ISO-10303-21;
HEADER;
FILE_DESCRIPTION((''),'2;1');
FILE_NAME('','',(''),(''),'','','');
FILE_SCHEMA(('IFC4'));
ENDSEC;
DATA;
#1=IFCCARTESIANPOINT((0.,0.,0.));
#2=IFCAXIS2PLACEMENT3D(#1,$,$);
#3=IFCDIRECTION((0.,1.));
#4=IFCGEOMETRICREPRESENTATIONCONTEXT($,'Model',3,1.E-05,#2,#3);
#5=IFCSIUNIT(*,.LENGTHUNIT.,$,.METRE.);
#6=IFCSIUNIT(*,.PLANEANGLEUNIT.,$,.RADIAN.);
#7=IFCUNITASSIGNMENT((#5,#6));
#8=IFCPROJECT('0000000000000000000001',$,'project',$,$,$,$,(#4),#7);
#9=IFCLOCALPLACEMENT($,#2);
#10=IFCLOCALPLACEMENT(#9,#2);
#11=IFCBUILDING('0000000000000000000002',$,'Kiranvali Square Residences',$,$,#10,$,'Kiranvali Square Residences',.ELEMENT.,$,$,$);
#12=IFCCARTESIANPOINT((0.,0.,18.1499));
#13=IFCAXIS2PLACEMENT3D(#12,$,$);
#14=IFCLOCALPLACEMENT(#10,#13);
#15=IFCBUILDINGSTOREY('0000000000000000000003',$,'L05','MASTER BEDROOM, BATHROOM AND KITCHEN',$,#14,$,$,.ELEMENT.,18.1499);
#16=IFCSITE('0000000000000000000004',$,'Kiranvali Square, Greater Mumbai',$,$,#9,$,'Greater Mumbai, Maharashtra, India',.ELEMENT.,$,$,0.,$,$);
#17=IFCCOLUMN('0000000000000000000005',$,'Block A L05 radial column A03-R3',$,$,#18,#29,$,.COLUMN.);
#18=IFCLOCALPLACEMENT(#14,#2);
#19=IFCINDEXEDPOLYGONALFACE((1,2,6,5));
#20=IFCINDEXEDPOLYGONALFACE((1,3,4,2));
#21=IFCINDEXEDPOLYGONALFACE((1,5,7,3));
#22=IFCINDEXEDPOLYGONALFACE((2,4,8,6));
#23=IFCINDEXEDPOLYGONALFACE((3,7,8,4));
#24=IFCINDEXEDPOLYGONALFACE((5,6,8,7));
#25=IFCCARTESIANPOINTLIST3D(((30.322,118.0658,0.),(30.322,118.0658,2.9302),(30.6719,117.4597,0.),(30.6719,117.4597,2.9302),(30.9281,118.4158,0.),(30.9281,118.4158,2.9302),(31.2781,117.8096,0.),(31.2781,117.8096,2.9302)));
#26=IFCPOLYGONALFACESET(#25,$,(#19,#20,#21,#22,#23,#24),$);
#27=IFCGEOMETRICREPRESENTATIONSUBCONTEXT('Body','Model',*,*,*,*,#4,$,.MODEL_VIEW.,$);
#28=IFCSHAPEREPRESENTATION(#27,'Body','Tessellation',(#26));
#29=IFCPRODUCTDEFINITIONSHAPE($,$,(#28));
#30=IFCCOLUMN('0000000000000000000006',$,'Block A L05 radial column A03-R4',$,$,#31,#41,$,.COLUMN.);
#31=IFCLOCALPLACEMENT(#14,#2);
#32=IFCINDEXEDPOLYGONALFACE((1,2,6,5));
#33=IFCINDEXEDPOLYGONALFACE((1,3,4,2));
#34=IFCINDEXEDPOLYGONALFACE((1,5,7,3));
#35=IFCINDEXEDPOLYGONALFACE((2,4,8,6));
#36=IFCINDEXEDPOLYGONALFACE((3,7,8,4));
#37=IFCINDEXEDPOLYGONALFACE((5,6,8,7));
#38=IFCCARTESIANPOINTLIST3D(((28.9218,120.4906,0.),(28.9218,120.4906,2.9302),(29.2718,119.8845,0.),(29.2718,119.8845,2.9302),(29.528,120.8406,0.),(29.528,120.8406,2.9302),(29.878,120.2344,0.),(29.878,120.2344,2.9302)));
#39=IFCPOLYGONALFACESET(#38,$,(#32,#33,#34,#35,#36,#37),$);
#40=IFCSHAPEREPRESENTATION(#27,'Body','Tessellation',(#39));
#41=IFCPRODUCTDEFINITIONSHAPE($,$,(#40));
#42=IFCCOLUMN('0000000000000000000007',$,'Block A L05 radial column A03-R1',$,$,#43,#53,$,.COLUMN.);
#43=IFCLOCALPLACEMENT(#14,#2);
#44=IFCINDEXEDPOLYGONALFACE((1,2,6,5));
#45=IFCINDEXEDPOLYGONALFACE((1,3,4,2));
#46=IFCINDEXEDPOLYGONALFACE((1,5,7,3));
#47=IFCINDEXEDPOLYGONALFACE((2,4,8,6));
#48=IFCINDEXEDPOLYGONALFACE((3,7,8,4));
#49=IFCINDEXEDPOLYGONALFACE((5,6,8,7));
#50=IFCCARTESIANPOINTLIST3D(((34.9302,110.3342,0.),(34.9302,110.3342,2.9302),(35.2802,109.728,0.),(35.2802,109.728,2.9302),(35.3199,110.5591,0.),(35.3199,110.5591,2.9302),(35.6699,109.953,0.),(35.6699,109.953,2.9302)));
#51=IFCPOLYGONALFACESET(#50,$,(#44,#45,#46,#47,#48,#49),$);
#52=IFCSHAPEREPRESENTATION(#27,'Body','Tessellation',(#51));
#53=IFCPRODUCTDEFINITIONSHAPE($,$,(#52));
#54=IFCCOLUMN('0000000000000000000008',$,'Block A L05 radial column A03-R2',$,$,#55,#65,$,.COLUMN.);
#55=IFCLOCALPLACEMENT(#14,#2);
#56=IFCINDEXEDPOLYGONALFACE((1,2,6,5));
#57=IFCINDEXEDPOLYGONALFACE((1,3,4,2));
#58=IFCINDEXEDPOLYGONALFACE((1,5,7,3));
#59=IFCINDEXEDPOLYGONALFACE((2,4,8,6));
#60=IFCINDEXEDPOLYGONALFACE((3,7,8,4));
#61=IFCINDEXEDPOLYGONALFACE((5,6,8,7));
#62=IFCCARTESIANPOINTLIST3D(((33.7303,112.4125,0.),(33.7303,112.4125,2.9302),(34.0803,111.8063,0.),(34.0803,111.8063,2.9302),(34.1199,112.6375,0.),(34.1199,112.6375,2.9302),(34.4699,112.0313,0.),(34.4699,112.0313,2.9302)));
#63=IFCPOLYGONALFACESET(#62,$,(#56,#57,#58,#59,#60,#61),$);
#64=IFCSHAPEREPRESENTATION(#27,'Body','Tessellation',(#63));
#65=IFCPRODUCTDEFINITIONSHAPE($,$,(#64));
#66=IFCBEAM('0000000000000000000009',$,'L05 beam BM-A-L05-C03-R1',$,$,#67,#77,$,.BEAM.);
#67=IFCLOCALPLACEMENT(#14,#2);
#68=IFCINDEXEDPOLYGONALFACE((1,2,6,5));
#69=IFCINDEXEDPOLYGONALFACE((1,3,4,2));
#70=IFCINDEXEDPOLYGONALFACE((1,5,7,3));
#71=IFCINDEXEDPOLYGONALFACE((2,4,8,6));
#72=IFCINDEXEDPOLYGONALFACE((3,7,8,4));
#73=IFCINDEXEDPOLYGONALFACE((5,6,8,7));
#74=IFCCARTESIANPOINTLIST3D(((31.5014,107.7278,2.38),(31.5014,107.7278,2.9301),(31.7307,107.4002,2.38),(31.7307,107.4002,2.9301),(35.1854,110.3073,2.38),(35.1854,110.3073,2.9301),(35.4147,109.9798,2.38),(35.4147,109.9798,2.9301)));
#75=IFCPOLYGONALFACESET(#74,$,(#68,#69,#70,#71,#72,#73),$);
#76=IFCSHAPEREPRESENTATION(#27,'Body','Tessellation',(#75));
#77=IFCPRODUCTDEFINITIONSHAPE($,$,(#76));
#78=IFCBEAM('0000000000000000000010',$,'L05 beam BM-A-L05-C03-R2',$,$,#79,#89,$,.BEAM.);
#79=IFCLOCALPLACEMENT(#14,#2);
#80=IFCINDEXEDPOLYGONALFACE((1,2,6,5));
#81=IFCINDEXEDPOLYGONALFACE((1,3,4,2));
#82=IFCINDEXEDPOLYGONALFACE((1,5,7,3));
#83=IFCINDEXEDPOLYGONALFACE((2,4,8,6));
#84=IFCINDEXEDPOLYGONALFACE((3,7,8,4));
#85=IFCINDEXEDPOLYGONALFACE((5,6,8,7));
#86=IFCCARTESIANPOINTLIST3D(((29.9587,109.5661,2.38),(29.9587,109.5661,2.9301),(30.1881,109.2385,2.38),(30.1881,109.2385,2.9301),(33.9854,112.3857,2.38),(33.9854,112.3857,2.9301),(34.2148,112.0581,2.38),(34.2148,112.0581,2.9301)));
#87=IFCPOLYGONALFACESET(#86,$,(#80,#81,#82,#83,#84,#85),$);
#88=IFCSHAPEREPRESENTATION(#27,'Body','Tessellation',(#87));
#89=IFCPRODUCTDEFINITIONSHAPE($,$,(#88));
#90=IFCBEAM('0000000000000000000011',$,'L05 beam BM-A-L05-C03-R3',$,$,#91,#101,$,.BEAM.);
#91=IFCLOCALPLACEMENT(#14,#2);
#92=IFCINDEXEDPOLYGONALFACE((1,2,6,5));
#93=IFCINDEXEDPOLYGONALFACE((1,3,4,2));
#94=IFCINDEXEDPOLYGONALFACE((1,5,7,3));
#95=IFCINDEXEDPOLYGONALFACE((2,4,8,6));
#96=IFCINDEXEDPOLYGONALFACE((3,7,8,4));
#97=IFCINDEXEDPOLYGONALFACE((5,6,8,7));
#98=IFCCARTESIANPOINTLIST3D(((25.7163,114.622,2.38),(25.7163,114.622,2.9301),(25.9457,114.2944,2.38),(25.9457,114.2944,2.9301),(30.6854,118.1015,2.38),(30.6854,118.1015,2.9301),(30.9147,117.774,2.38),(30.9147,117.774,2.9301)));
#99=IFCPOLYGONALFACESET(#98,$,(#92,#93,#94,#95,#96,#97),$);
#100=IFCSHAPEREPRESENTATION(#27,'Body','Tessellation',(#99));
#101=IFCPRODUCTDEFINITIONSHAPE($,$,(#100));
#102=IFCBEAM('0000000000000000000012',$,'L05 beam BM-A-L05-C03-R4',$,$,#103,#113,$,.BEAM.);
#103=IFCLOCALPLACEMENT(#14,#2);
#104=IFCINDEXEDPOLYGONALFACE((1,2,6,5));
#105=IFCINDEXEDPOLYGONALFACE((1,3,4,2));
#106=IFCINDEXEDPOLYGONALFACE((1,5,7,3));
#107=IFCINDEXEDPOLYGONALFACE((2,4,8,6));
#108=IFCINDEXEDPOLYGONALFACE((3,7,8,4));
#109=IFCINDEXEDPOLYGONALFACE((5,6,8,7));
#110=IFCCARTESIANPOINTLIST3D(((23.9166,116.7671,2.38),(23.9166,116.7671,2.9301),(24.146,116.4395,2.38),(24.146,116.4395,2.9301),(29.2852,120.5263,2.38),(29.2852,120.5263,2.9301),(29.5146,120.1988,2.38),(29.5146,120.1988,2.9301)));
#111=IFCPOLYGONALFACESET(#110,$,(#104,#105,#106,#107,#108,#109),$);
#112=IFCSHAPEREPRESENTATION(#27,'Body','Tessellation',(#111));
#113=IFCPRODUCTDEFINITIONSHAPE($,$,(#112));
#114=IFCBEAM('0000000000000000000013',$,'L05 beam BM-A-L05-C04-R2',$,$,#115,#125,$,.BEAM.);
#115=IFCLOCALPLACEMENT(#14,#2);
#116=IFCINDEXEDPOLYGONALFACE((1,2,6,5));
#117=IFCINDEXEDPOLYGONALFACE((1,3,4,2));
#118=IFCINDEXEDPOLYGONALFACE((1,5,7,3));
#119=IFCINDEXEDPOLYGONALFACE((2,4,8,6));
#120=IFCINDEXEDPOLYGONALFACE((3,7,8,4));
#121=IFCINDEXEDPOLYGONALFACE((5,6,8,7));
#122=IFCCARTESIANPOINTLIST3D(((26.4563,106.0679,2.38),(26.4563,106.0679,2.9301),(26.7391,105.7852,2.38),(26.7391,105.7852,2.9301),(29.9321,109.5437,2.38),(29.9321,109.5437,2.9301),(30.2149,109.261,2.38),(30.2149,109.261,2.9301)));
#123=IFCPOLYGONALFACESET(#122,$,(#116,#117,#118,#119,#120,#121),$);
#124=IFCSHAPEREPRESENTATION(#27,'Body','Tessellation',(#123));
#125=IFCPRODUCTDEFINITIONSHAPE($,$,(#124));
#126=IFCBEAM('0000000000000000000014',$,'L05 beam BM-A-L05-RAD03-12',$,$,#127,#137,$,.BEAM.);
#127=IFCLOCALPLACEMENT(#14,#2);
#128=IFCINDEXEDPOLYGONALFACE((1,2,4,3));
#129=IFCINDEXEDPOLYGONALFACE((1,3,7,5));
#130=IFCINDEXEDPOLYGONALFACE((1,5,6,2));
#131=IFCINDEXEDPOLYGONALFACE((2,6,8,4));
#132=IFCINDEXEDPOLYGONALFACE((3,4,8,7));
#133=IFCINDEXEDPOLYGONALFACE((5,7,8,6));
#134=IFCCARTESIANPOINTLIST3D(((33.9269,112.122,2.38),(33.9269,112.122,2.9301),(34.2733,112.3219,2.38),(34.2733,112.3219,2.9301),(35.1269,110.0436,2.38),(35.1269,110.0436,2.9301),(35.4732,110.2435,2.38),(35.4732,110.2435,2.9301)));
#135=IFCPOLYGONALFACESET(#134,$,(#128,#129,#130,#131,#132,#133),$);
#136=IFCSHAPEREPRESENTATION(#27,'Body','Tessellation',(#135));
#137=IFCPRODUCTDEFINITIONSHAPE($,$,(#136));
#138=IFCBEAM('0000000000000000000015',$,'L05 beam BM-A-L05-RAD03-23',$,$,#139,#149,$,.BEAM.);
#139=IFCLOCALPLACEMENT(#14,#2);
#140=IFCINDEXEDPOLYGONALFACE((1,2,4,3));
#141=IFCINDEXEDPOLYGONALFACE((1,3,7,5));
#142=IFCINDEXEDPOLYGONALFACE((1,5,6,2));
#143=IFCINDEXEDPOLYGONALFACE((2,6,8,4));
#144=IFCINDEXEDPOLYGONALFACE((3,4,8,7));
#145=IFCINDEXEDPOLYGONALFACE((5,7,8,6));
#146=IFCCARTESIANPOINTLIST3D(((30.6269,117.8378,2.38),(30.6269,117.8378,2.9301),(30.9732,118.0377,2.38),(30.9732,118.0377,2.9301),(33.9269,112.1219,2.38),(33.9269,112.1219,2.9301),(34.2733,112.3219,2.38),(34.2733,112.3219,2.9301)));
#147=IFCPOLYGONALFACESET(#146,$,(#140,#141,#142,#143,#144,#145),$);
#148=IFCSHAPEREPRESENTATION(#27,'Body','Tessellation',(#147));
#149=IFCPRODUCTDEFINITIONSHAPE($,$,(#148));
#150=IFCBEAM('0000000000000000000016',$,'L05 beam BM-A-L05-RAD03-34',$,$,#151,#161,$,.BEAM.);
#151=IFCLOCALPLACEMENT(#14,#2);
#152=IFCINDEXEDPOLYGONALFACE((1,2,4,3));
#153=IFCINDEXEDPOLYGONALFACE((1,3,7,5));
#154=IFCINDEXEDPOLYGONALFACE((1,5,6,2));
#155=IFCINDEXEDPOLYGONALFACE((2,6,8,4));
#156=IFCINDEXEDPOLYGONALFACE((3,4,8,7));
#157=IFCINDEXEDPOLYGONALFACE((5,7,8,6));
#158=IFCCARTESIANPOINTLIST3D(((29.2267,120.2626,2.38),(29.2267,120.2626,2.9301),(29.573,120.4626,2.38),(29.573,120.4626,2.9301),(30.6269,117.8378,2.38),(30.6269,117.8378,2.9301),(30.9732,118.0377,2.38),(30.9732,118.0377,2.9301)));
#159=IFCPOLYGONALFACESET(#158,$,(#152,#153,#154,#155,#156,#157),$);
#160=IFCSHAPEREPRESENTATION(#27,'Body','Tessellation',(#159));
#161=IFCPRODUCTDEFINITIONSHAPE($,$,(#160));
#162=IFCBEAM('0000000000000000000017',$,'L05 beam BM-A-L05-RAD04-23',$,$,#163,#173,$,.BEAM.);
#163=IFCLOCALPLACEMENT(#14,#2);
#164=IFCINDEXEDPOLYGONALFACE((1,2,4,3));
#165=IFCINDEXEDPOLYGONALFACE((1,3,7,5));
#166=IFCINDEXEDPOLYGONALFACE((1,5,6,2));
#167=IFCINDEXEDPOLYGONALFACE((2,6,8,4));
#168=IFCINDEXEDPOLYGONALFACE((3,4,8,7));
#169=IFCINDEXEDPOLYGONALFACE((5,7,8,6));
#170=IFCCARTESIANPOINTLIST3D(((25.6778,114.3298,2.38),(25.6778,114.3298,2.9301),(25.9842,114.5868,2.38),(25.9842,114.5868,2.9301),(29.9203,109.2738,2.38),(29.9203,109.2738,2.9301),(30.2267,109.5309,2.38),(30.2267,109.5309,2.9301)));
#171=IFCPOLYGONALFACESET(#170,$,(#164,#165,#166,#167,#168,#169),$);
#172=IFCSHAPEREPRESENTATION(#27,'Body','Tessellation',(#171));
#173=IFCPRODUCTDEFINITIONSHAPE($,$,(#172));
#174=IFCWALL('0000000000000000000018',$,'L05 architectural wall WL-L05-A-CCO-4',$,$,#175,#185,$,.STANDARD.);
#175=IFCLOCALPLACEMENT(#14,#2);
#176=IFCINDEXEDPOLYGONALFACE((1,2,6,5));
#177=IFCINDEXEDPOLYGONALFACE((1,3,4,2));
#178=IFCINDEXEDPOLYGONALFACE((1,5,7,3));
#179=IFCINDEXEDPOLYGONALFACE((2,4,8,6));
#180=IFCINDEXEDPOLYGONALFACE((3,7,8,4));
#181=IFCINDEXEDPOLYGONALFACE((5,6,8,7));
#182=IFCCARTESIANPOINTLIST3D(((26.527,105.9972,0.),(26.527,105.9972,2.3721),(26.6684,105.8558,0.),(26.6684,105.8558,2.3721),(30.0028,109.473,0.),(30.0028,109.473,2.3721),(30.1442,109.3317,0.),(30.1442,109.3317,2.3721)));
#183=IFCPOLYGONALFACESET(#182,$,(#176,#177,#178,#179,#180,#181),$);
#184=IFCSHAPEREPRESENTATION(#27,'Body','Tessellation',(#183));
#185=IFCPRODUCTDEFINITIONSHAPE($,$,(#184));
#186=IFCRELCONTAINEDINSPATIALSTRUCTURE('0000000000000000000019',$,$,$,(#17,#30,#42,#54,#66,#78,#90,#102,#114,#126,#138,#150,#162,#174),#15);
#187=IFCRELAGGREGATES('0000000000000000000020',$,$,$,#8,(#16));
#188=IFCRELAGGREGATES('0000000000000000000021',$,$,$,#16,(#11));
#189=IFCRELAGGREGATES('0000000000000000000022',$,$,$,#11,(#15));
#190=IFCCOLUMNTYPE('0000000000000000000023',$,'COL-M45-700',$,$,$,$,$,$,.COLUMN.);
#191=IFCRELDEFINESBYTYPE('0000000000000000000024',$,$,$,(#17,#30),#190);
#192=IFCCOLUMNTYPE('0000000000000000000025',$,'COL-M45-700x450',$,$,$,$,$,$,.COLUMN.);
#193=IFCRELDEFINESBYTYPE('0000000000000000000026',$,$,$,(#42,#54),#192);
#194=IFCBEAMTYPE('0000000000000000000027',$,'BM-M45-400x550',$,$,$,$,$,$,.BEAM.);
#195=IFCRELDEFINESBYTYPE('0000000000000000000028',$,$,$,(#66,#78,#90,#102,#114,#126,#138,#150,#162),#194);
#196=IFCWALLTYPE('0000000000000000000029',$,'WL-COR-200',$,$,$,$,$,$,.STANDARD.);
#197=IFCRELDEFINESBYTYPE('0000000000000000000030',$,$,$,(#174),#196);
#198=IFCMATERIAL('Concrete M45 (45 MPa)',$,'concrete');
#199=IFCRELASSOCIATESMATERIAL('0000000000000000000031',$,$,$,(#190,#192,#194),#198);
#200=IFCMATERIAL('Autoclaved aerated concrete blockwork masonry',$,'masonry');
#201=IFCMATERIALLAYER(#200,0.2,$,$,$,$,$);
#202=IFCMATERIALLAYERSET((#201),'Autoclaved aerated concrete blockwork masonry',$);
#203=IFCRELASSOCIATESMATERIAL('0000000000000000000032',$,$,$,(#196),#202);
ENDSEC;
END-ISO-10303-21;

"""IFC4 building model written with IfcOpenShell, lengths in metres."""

from ifc_helpers import new_model, si_unit, direction, frame, frame_2d, origin, origin_2d, place, context, subcontext, project, spatial, rectangle, extrude, material, layer, layer_set, material_profile, profile_set, type_object, element, save


model = new_model("IFC4")

# Units and contexts
model_context = context("Model", 3, precision=1e-05, world=origin(), true_north=direction((0.0, 1.0)))
body_context = subcontext(model_context, "Body", "Model", "MODEL_VIEW")
ifc_project = project(units=[si_unit("LENGTHUNIT", "METRE"), si_unit("PLANEANGLEUNIT", "RADIAN")], contexts=[model_context])

# Site, building, storey
site_placement = place(None, origin())
site = spatial("IfcSite", under=ifc_project, at=site_placement, Name="Kiranvali Square, Greater Mumbai", LongName="Greater Mumbai, Maharashtra, India", CompositionType="ELEMENT", RefElevation=0.0)
building_placement = place(site_placement, origin())
building = spatial("IfcBuilding", under=site, at=building_placement, Name="Kiranvali Square Residences", LongName="Kiranvali Square Residences", CompositionType="ELEMENT")
storey_placement = place(building_placement, frame((0.0, 0.0, 18.1499)))
storey = spatial("IfcBuildingStorey", under=building, at=storey_placement, Name="L05", Description="MASTER BEDROOM, BATHROOM AND KITCHEN", CompositionType="ELEMENT", Elevation=18.1499)

# Columns
ifc_material_1 = material(Name="Concrete M45 (45 MPa)", Category="concrete")
ifc_material_profile_1 = material_profile(ifc_material_1, rectangle(XDim=0.7, YDim=0.7, at=origin_2d()), Name="RC 700x700")
ifc_profile_set_1 = profile_set([ifc_material_profile_1], Name="Concrete M45 (45 MPa)")
column_type_1 = type_object("IfcColumnType", Name="COL-M45-700", PredefinedType="COLUMN", material=ifc_profile_set_1)
for number, where, z_axis, x_axis, name in (
    (1, (30.8, 117.9377, 0.0), (0.0, 0.0, 1.0), (0.866025, 0.5, 0.0), "Block A L05 radial column A03-R3"),
    (2, (29.3999, 120.3625, 0.0), (0.0, 0.0, 1.0), (0.866025, 0.5, 0.0), "Block A L05 radial column A03-R4"),
):
    element("IfcColumn", number, at=place(storey_placement, frame(where, z_axis=z_axis, x_axis=x_axis)), inside=storey, type_object=column_type_1, Name=name, PredefinedType="COLUMN", context=body_context, shape_type="SweptSolid", body=[
        extrude(rectangle(XDim=0.7, YDim=0.7, at=origin_2d()), origin(), (0.0, 0.0, 1.0), 2.9302),
    ])
ifc_material_profile_2 = material_profile(ifc_material_1, rectangle(XDim=0.45, YDim=0.7, at=origin_2d()), Name="RC 700x450")
ifc_profile_set_2 = profile_set([ifc_material_profile_2], Name="Concrete M45 (45 MPa)")
column_type_2 = type_object("IfcColumnType", Name="COL-M45-700x450", PredefinedType="COLUMN", material=ifc_profile_set_2)
for number, where, z_axis, x_axis, name in (
    (3, (35.3, 110.1436, 0.0), (0.0, 0.0, 1.0), (0.866025, 0.5, 0.0), "Block A L05 radial column A03-R1"),
    (4, (34.1001, 112.2219, 0.0), (0.0, 0.0, 1.0), (0.866025, 0.5, 0.0), "Block A L05 radial column A03-R2"),
):
    element("IfcColumn", number, at=place(storey_placement, frame(where, z_axis=z_axis, x_axis=x_axis)), inside=storey, type_object=column_type_2, Name=name, PredefinedType="COLUMN", context=body_context, shape_type="SweptSolid", body=[
        extrude(rectangle(XDim=0.45, YDim=0.7, at=origin_2d()), origin(), (0.0, 0.0, 1.0), 2.9302),
    ])

# Beams
ifc_material_profile_3 = material_profile(ifc_material_1, rectangle(XDim=0.3999, YDim=0.55, at=origin_2d()), Name="RC 400x550")
ifc_profile_set_3 = profile_set([ifc_material_profile_3], Name="Concrete M45 (45 MPa)")
beam_type = type_object("IfcBeamType", Name="BM-M45-400x550", PredefinedType="BEAM", material=ifc_profile_set_3)
beam_1_placement = place(storey_placement, frame((35.3, 110.1436, 2.655), z_axis=(-0.819155, -0.573572, 0.0), x_axis=(0.573572, -0.819155, 0.0)))
element("IfcBeam", 5, at=beam_1_placement, inside=storey, type_object=beam_type, Name="L05 beam BM-A-L05-C03-R1", PredefinedType="BEAM", context=body_context, shape_type="SweptSolid", body=[
    extrude(rectangle(XDim=0.3999, YDim=0.55, at=origin_2d()), origin(), (0.0, 0.0, 1.0), 4.4973),
])
beam_2_placement = place(storey_placement, frame((34.1001, 112.2219, 2.655), z_axis=(-0.819141, -0.573592, 0.0), x_axis=(0.573592, -0.819141, 0.0)))
element("IfcBeam", 6, at=beam_2_placement, inside=storey, type_object=beam_type, Name="L05 beam BM-A-L05-C03-R2", PredefinedType="BEAM", context=body_context, shape_type="SweptSolid", body=[
    extrude(rectangle(XDim=0.3999, YDim=0.55, at=origin_2d()), origin(), (0.0, 0.0, 1.0), 4.9158),
])
beam_3_placement = place(storey_placement, frame((30.8, 117.9377, 2.655), z_axis=(-0.819139, -0.573595, 0.0), x_axis=(0.573595, -0.819139, 0.0)))
element("IfcBeam", 7, at=beam_3_placement, inside=storey, type_object=beam_type, Name="L05 beam BM-A-L05-C03-R3", PredefinedType="BEAM", context=body_context, shape_type="SweptSolid", body=[
    extrude(rectangle(XDim=0.3999, YDim=0.55, at=origin_2d()), origin(), (0.0, 0.0, 1.0), 6.0662),
])
beam_4_placement = place(storey_placement, frame((29.3999, 120.3625, 2.655), z_axis=(-0.819144, -0.573587, 0.0), x_axis=(0.573587, -0.819144, 0.0)))
element("IfcBeam", 8, at=beam_4_placement, inside=storey, type_object=beam_type, Name="L05 beam BM-A-L05-C03-R4", PredefinedType="BEAM", context=body_context, shape_type="SweptSolid", body=[
    extrude(rectangle(XDim=0.3999, YDim=0.55, at=origin_2d()), origin(), (0.0, 0.0, 1.0), 6.554),
])
beam_5_placement = place(storey_placement, frame((30.0735, 109.4023, 2.655), z_axis=(-0.707107, -0.707107, 0.0), x_axis=(0.707107, -0.707107, 0.0)))
element("IfcBeam", 9, at=beam_5_placement, inside=storey, type_object=beam_type, Name="L05 beam BM-A-L05-C04-R2", PredefinedType="BEAM", context=body_context, shape_type="SweptSolid", body=[
    extrude(rectangle(XDim=0.3999, YDim=0.55, at=origin_2d()), origin(), (0.0, 0.0, 1.0), 4.9155),
])
beam_6_placement = place(storey_placement, frame((35.3, 110.1436, 2.655), z_axis=(-0.500001, 0.866025, 0.0), x_axis=(-0.866025, -0.500001, 0.0)))
element("IfcBeam", 10, at=beam_6_placement, inside=storey, type_object=beam_type, Name="L05 beam BM-A-L05-RAD03-12", PredefinedType="BEAM", context=body_context, shape_type="SweptSolid", body=[
    extrude(rectangle(XDim=0.3999, YDim=0.55, at=origin_2d()), origin(), (0.0, 0.0, 1.0), 2.3999),
])
beam_7_placement = place(storey_placement, frame((34.1001, 112.2219, 2.655), z_axis=(-0.500002, 0.866024, 0.0), x_axis=(-0.866024, -0.500002, 0.0)))
element("IfcBeam", 11, at=beam_7_placement, inside=storey, type_object=beam_type, Name="L05 beam BM-A-L05-RAD03-23", PredefinedType="BEAM", context=body_context, shape_type="SweptSolid", body=[
    extrude(rectangle(XDim=0.3999, YDim=0.55, at=origin_2d()), origin(), (0.0, 0.0, 1.0), 6.6001),
])
beam_8_placement = place(storey_placement, frame((30.8, 117.9377, 2.655), z_axis=(-0.50005, 0.865997, 0.0), x_axis=(-0.865997, -0.50005, 0.0)))
element("IfcBeam", 12, at=beam_8_placement, inside=storey, type_object=beam_type, Name="L05 beam BM-A-L05-RAD03-34", PredefinedType="BEAM", context=body_context, shape_type="SweptSolid", body=[
    extrude(rectangle(XDim=0.3999, YDim=0.55, at=origin_2d()), origin(), (0.0, 0.0, 1.0), 2.8),
])
beam_9_placement = place(storey_placement, frame((30.0735, 109.4023, 2.655), z_axis=(-0.642789, 0.766043, 0.0), x_axis=(-0.766043, -0.642789, 0.0)))
element("IfcBeam", 13, at=beam_9_placement, inside=storey, type_object=beam_type, Name="L05 beam BM-A-L05-RAD04-23", PredefinedType="BEAM", context=body_context, shape_type="SweptSolid", body=[
    extrude(rectangle(XDim=0.3999, YDim=0.55, at=origin_2d()), origin(), (0.0, 0.0, 1.0), 6.6001),
])

# Shared definitions
ifc_material_2 = material(Name="Autoclaved aerated concrete blockwork masonry", Category="masonry")
ifc_layer_1 = layer(ifc_material_2, 0.2)
ifc_layer_set_1 = layer_set([ifc_layer_1], Name="Autoclaved aerated concrete blockwork masonry")
wall_type_1 = type_object("IfcWallType", Name="WL-COR-200", PredefinedType="STANDARD", material=ifc_layer_set_1)

# Wall
wall_1_placement = place(storey_placement, frame((30.0735, 109.4023, 0.0), z_axis=(0.0, 0.0, 1.0), x_axis=(-0.707107, -0.707107, 0.0)))
element("IfcWall", 14, at=wall_1_placement, inside=storey, type_object=wall_type_1, Name="L05 architectural wall WL-L05-A-CCO-4", PredefinedType="STANDARD", context=body_context, shape_type="SweptSolid", body=[
    extrude(rectangle(XDim=4.9155, YDim=0.2, at=frame_2d((2.4578, 0.0))), origin(), (0.0, 0.0, 1.0), 2.3721),
])

save(model, "model.ifc")
